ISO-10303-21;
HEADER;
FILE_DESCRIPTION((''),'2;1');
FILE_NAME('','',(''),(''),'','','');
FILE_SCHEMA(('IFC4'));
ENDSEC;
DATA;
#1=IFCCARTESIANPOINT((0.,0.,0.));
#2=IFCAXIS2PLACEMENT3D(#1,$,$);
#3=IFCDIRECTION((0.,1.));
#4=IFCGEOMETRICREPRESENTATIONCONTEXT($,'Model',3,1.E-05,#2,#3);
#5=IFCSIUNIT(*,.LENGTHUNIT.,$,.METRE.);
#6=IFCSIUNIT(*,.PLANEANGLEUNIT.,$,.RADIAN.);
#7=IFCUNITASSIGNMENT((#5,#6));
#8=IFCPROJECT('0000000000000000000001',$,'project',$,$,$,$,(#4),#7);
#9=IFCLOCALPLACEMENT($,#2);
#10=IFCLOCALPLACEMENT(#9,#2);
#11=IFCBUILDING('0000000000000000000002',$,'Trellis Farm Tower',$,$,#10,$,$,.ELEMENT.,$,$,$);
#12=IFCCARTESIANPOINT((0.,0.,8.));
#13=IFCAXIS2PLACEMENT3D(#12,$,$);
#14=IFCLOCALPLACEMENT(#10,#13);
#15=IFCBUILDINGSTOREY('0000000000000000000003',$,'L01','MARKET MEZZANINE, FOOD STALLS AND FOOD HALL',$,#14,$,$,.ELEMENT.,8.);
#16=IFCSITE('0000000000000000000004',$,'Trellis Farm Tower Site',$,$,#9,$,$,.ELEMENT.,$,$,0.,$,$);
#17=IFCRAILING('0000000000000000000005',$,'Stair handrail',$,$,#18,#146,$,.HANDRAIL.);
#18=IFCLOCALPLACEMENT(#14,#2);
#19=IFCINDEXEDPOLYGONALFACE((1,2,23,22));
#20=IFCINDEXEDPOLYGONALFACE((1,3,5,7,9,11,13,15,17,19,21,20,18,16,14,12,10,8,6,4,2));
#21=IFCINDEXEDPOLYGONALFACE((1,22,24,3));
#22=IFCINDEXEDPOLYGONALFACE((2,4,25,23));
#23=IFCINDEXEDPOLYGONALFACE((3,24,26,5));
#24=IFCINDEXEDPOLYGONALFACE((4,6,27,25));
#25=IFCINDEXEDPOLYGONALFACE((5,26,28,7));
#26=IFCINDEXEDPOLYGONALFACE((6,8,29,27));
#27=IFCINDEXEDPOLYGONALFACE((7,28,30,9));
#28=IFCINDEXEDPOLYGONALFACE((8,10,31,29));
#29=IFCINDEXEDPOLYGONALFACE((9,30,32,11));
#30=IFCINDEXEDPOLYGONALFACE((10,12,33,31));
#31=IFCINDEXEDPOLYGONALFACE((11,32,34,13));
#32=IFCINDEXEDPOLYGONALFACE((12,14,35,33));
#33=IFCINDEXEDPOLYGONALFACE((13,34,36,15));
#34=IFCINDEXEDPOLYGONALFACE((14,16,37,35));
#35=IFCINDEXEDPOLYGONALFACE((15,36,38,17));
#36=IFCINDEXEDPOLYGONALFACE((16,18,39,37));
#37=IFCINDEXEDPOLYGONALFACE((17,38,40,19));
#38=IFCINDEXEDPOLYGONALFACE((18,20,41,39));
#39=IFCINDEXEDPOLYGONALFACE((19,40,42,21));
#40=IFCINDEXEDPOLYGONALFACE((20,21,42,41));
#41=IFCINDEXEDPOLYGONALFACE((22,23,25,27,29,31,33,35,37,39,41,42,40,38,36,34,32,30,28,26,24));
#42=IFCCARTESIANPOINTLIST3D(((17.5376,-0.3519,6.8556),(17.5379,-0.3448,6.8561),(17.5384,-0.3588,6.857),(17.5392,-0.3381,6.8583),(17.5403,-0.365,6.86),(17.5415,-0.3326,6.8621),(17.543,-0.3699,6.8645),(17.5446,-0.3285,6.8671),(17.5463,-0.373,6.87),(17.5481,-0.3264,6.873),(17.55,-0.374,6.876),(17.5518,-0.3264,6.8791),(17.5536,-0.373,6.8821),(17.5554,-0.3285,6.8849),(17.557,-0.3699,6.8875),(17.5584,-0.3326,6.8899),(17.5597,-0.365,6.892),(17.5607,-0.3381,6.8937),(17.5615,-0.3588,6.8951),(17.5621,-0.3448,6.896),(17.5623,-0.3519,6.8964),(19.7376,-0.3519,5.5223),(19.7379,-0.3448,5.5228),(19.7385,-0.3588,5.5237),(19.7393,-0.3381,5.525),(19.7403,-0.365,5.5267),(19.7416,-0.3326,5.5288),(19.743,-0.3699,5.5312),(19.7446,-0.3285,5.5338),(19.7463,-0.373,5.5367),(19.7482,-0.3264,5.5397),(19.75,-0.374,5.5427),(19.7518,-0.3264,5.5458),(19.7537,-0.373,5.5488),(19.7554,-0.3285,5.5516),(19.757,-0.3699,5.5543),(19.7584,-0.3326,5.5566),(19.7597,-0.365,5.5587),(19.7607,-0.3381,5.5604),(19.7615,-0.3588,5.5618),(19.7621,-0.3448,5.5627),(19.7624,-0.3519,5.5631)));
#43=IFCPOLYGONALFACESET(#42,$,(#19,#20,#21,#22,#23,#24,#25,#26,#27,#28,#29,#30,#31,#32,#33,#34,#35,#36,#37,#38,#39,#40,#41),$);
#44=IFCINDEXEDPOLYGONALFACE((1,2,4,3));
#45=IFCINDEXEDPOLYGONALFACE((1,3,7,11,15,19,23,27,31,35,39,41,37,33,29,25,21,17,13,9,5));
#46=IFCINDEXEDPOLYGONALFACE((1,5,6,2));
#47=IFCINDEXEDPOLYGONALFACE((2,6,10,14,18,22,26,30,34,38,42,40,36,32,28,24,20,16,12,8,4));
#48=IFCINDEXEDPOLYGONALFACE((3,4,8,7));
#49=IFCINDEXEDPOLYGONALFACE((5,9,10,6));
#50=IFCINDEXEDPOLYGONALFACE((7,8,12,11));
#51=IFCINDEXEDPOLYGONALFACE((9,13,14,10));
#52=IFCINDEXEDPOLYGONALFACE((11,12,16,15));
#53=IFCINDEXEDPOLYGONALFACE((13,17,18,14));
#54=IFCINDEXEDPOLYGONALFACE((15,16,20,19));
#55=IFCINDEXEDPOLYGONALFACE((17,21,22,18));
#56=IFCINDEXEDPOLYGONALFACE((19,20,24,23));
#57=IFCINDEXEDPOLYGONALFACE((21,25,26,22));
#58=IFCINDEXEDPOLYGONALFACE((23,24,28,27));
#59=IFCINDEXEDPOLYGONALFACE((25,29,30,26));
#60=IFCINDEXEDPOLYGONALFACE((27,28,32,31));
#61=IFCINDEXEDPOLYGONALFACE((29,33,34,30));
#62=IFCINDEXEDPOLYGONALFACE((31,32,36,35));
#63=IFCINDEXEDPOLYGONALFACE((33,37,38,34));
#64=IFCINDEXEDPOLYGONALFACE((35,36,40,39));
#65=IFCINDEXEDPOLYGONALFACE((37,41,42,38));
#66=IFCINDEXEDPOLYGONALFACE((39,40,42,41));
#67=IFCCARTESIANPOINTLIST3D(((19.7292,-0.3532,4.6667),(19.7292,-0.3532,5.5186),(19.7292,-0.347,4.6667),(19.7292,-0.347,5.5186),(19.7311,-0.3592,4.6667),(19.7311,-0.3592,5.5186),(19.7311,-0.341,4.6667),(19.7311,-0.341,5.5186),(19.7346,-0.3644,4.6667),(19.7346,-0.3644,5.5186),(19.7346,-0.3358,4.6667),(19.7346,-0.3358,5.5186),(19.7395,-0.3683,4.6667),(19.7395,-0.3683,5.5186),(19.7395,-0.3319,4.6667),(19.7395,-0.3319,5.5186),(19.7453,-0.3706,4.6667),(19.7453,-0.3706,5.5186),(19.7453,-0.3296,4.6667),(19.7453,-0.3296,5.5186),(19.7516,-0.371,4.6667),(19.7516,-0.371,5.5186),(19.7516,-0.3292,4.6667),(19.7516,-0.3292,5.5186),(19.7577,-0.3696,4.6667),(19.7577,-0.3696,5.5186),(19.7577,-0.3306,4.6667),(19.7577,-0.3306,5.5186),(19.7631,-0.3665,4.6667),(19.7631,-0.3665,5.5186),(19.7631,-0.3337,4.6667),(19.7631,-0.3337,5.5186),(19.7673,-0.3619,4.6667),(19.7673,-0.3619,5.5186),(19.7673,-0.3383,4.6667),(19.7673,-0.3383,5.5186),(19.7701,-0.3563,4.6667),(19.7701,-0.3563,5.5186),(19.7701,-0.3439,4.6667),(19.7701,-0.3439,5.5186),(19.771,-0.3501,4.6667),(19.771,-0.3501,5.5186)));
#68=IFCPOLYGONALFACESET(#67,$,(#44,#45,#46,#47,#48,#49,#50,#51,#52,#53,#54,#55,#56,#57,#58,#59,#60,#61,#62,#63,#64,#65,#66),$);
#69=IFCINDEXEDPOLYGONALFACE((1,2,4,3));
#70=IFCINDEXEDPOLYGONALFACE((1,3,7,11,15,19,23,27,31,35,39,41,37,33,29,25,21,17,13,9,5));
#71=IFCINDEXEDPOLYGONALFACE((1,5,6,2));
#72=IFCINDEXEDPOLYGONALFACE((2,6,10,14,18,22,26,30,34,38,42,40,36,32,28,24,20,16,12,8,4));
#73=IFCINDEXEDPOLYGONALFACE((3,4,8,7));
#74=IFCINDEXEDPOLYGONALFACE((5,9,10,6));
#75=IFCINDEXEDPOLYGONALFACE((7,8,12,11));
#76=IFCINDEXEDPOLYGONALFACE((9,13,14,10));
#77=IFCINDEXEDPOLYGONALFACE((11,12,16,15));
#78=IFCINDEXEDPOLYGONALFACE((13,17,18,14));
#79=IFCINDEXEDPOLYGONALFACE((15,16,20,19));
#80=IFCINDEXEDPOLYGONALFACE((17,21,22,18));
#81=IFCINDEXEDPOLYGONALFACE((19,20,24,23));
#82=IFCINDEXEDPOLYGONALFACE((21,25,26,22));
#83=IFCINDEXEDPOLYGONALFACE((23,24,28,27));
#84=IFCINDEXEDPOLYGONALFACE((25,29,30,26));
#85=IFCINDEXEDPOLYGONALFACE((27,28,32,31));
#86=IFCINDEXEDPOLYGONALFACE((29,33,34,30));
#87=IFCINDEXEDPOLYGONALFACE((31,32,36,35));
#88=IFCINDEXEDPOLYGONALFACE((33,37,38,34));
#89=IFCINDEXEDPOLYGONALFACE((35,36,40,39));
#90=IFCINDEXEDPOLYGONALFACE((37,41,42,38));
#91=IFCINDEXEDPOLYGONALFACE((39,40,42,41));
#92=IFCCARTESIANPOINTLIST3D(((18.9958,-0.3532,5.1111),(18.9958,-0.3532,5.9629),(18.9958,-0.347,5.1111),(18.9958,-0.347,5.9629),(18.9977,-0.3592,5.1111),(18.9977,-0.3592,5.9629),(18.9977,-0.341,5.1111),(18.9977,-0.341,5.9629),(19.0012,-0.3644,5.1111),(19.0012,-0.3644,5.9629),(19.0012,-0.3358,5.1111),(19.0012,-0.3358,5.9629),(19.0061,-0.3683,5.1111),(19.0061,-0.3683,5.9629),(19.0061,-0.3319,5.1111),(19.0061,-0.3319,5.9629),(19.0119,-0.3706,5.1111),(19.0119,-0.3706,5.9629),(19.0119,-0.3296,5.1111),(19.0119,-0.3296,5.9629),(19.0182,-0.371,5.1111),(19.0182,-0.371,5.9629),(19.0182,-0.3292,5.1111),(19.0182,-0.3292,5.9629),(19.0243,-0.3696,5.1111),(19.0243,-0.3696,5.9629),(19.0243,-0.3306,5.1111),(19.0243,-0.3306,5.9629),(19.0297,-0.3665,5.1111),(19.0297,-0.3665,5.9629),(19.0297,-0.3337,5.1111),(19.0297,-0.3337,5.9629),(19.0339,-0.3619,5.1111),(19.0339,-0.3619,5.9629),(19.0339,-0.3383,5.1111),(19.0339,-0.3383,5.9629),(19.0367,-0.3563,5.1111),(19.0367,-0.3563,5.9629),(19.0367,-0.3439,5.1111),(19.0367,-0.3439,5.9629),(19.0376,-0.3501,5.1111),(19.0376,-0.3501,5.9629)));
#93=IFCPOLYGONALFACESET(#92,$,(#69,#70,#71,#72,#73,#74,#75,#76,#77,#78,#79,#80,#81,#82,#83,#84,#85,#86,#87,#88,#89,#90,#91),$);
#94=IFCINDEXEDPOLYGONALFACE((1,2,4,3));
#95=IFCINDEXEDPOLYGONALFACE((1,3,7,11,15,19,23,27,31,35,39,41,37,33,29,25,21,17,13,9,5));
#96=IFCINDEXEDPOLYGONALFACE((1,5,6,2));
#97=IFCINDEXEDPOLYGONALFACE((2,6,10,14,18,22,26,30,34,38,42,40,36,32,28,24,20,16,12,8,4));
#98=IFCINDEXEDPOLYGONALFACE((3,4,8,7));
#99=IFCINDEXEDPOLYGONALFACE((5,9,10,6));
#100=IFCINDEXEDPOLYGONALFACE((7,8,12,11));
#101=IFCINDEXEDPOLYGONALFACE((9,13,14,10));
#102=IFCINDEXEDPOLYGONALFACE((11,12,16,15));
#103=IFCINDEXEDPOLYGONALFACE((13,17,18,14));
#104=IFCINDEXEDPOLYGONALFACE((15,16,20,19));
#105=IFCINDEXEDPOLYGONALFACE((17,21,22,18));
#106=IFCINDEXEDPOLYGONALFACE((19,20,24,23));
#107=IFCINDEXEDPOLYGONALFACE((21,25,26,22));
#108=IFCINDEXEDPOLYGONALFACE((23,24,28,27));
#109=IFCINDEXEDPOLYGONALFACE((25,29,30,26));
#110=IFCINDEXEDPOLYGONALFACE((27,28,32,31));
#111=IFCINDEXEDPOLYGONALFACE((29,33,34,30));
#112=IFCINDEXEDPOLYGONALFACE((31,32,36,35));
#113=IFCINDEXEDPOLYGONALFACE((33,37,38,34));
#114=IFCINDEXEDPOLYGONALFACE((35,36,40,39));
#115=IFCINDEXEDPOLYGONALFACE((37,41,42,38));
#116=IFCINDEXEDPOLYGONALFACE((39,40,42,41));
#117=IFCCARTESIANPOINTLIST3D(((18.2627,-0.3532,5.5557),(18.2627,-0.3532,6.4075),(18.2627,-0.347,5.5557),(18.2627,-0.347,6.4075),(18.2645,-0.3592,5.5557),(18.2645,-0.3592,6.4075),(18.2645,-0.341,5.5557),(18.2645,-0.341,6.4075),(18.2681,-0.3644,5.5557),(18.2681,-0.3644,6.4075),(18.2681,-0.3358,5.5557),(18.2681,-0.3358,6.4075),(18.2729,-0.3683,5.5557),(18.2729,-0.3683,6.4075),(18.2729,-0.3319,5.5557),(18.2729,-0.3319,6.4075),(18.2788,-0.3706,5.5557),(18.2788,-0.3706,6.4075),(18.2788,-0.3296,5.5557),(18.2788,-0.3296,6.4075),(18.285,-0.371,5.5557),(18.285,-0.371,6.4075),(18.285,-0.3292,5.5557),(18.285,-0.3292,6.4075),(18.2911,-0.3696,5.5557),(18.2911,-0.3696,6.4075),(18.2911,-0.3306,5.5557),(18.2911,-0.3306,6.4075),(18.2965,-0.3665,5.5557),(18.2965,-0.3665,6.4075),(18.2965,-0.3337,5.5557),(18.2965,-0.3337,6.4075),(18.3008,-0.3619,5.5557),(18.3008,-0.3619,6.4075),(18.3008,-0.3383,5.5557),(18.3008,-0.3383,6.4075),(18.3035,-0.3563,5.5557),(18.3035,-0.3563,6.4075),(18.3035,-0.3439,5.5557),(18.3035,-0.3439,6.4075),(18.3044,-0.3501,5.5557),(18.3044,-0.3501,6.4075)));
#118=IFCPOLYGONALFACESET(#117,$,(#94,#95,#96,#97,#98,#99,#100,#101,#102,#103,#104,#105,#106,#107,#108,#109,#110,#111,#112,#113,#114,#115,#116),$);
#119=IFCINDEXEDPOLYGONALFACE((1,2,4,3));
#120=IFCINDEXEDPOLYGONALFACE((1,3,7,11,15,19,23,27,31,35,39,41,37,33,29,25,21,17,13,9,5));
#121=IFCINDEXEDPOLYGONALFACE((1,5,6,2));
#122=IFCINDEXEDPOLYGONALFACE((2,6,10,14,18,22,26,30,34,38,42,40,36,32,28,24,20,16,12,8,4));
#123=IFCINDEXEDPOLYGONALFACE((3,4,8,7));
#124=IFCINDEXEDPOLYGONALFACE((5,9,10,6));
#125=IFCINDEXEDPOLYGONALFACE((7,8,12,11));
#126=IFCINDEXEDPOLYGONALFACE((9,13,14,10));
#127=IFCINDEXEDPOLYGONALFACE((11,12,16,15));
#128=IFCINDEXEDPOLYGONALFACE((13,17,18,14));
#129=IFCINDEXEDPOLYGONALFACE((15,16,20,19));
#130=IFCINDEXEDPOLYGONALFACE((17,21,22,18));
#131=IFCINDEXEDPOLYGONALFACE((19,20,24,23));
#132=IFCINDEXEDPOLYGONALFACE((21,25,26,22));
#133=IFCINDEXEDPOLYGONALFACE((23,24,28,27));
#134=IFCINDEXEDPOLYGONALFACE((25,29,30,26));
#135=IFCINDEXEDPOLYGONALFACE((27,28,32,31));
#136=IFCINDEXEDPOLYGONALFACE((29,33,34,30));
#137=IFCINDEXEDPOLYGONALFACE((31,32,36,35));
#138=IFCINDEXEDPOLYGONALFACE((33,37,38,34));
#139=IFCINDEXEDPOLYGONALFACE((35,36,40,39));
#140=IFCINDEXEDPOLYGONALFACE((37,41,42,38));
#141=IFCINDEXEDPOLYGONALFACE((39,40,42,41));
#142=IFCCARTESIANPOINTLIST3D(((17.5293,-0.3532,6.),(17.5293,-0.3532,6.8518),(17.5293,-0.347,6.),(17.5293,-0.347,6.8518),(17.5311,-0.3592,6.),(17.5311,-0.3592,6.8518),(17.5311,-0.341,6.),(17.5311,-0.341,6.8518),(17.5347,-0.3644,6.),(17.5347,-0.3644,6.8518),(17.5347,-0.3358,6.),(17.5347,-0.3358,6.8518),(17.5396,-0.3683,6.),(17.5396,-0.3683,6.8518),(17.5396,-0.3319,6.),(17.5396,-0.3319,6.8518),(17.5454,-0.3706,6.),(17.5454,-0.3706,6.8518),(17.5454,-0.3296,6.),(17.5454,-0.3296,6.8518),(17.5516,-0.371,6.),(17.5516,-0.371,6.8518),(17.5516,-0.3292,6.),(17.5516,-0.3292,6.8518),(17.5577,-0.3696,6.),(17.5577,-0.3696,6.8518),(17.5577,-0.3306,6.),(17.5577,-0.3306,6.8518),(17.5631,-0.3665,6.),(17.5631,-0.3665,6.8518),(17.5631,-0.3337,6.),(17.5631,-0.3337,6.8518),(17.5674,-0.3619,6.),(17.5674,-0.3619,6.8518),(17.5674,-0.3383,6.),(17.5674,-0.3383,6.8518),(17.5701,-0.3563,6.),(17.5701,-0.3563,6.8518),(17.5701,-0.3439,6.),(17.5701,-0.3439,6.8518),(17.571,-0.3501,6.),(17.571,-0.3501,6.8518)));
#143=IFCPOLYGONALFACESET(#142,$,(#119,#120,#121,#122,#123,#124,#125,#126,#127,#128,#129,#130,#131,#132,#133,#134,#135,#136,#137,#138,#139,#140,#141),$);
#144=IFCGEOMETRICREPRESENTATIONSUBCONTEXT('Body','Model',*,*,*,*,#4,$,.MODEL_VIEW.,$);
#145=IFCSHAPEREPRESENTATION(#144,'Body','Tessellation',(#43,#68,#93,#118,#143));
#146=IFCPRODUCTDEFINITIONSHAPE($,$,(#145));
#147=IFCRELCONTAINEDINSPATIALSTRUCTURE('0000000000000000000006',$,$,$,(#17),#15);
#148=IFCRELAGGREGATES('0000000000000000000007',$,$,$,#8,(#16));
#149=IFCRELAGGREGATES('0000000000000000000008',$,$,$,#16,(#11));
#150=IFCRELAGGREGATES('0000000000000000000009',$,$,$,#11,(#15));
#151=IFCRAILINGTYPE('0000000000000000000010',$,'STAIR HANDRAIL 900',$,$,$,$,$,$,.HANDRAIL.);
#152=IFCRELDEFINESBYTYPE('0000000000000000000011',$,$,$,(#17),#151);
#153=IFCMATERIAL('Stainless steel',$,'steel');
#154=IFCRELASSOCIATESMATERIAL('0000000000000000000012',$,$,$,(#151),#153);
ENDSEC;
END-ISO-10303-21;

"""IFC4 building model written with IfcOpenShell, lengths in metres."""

from ifc_helpers import new_model, si_unit, direction, frame, origin, origin_2d, place, context, subcontext, project, spatial, circle, extrude, source, transform, mapped, material, type_object, element, save


model = new_model("IFC4")

# Units and contexts
model_context = context("Model", 3, precision=1e-05, world=origin(), true_north=direction((0.0, 1.0)))
body_context = subcontext(model_context, "Body", "Model", "MODEL_VIEW")
ifc_project = project(units=[si_unit("LENGTHUNIT", "METRE"), si_unit("PLANEANGLEUNIT", "RADIAN")], contexts=[model_context])

# Site, building, storey
site_placement = place(None, origin())
site = spatial("IfcSite", under=ifc_project, at=site_placement, Name="Trellis Farm Tower Site", CompositionType="ELEMENT", RefElevation=0.0)
building_placement = place(site_placement, origin())
building = spatial("IfcBuilding", under=site, at=building_placement, Name="Trellis Farm Tower", CompositionType="ELEMENT")
storey_placement = place(building_placement, frame((0.0, 0.0, 8.0)))
storey = spatial("IfcBuildingStorey", under=building, at=storey_placement, Name="L01", Description="MARKET MEZZANINE, FOOD STALLS AND FOOD HALL", CompositionType="ELEMENT", Elevation=8.0)

# Railing
ifc_material_1 = material(Name="Stainless steel", Category="steel")
railing_type = type_object("IfcRailingType", Name="STAIR HANDRAIL 900", PredefinedType="HANDRAIL", material=ifc_material_1)
shared_shape_1 = source(origin(), body_context, "Body", "SweptSolid", [
    extrude(circle(Radius=0.0239, at=origin_2d()), frame((0.0, 0.0, 0.876), z_axis=(-0.855207, 0.0, 0.518287), x_axis=(0.0, -1.0, 0.0)), (0.0, 0.0, 1.0), 2.5725),
    extrude(circle(Radius=0.021, at=origin_2d()), origin(), (0.0, 0.0, 1.0), 0.8518),
    extrude(circle(Radius=0.021, at=origin_2d()), frame((-0.7334, 0.0, 0.4443)), (0.0, 0.0, 1.0), 0.8518),
    extrude(circle(Radius=0.021, at=origin_2d()), frame((-1.4666, 0.0, 0.8889)), (0.0, 0.0, 1.0), 0.8518),
    extrude(circle(Radius=0.021, at=origin_2d()), frame((-2.2, 0.0, 1.3333)), (0.0, 0.0, 1.0), 0.8518),
])
for number, where, name in (
    (1, (19.75, -0.3501, 4.6667), "Stair handrail"),
):
    element("IfcRailing", number, at=place(storey_placement, frame(where)), inside=storey, type_object=railing_type, Name=name, PredefinedType="HANDRAIL", context=body_context, shape_type="MappedRepresentation", body=[
        mapped(shared_shape_1, transform((0.0, 0.0, 0.0))),
    ])

save(model, "model.ifc")
